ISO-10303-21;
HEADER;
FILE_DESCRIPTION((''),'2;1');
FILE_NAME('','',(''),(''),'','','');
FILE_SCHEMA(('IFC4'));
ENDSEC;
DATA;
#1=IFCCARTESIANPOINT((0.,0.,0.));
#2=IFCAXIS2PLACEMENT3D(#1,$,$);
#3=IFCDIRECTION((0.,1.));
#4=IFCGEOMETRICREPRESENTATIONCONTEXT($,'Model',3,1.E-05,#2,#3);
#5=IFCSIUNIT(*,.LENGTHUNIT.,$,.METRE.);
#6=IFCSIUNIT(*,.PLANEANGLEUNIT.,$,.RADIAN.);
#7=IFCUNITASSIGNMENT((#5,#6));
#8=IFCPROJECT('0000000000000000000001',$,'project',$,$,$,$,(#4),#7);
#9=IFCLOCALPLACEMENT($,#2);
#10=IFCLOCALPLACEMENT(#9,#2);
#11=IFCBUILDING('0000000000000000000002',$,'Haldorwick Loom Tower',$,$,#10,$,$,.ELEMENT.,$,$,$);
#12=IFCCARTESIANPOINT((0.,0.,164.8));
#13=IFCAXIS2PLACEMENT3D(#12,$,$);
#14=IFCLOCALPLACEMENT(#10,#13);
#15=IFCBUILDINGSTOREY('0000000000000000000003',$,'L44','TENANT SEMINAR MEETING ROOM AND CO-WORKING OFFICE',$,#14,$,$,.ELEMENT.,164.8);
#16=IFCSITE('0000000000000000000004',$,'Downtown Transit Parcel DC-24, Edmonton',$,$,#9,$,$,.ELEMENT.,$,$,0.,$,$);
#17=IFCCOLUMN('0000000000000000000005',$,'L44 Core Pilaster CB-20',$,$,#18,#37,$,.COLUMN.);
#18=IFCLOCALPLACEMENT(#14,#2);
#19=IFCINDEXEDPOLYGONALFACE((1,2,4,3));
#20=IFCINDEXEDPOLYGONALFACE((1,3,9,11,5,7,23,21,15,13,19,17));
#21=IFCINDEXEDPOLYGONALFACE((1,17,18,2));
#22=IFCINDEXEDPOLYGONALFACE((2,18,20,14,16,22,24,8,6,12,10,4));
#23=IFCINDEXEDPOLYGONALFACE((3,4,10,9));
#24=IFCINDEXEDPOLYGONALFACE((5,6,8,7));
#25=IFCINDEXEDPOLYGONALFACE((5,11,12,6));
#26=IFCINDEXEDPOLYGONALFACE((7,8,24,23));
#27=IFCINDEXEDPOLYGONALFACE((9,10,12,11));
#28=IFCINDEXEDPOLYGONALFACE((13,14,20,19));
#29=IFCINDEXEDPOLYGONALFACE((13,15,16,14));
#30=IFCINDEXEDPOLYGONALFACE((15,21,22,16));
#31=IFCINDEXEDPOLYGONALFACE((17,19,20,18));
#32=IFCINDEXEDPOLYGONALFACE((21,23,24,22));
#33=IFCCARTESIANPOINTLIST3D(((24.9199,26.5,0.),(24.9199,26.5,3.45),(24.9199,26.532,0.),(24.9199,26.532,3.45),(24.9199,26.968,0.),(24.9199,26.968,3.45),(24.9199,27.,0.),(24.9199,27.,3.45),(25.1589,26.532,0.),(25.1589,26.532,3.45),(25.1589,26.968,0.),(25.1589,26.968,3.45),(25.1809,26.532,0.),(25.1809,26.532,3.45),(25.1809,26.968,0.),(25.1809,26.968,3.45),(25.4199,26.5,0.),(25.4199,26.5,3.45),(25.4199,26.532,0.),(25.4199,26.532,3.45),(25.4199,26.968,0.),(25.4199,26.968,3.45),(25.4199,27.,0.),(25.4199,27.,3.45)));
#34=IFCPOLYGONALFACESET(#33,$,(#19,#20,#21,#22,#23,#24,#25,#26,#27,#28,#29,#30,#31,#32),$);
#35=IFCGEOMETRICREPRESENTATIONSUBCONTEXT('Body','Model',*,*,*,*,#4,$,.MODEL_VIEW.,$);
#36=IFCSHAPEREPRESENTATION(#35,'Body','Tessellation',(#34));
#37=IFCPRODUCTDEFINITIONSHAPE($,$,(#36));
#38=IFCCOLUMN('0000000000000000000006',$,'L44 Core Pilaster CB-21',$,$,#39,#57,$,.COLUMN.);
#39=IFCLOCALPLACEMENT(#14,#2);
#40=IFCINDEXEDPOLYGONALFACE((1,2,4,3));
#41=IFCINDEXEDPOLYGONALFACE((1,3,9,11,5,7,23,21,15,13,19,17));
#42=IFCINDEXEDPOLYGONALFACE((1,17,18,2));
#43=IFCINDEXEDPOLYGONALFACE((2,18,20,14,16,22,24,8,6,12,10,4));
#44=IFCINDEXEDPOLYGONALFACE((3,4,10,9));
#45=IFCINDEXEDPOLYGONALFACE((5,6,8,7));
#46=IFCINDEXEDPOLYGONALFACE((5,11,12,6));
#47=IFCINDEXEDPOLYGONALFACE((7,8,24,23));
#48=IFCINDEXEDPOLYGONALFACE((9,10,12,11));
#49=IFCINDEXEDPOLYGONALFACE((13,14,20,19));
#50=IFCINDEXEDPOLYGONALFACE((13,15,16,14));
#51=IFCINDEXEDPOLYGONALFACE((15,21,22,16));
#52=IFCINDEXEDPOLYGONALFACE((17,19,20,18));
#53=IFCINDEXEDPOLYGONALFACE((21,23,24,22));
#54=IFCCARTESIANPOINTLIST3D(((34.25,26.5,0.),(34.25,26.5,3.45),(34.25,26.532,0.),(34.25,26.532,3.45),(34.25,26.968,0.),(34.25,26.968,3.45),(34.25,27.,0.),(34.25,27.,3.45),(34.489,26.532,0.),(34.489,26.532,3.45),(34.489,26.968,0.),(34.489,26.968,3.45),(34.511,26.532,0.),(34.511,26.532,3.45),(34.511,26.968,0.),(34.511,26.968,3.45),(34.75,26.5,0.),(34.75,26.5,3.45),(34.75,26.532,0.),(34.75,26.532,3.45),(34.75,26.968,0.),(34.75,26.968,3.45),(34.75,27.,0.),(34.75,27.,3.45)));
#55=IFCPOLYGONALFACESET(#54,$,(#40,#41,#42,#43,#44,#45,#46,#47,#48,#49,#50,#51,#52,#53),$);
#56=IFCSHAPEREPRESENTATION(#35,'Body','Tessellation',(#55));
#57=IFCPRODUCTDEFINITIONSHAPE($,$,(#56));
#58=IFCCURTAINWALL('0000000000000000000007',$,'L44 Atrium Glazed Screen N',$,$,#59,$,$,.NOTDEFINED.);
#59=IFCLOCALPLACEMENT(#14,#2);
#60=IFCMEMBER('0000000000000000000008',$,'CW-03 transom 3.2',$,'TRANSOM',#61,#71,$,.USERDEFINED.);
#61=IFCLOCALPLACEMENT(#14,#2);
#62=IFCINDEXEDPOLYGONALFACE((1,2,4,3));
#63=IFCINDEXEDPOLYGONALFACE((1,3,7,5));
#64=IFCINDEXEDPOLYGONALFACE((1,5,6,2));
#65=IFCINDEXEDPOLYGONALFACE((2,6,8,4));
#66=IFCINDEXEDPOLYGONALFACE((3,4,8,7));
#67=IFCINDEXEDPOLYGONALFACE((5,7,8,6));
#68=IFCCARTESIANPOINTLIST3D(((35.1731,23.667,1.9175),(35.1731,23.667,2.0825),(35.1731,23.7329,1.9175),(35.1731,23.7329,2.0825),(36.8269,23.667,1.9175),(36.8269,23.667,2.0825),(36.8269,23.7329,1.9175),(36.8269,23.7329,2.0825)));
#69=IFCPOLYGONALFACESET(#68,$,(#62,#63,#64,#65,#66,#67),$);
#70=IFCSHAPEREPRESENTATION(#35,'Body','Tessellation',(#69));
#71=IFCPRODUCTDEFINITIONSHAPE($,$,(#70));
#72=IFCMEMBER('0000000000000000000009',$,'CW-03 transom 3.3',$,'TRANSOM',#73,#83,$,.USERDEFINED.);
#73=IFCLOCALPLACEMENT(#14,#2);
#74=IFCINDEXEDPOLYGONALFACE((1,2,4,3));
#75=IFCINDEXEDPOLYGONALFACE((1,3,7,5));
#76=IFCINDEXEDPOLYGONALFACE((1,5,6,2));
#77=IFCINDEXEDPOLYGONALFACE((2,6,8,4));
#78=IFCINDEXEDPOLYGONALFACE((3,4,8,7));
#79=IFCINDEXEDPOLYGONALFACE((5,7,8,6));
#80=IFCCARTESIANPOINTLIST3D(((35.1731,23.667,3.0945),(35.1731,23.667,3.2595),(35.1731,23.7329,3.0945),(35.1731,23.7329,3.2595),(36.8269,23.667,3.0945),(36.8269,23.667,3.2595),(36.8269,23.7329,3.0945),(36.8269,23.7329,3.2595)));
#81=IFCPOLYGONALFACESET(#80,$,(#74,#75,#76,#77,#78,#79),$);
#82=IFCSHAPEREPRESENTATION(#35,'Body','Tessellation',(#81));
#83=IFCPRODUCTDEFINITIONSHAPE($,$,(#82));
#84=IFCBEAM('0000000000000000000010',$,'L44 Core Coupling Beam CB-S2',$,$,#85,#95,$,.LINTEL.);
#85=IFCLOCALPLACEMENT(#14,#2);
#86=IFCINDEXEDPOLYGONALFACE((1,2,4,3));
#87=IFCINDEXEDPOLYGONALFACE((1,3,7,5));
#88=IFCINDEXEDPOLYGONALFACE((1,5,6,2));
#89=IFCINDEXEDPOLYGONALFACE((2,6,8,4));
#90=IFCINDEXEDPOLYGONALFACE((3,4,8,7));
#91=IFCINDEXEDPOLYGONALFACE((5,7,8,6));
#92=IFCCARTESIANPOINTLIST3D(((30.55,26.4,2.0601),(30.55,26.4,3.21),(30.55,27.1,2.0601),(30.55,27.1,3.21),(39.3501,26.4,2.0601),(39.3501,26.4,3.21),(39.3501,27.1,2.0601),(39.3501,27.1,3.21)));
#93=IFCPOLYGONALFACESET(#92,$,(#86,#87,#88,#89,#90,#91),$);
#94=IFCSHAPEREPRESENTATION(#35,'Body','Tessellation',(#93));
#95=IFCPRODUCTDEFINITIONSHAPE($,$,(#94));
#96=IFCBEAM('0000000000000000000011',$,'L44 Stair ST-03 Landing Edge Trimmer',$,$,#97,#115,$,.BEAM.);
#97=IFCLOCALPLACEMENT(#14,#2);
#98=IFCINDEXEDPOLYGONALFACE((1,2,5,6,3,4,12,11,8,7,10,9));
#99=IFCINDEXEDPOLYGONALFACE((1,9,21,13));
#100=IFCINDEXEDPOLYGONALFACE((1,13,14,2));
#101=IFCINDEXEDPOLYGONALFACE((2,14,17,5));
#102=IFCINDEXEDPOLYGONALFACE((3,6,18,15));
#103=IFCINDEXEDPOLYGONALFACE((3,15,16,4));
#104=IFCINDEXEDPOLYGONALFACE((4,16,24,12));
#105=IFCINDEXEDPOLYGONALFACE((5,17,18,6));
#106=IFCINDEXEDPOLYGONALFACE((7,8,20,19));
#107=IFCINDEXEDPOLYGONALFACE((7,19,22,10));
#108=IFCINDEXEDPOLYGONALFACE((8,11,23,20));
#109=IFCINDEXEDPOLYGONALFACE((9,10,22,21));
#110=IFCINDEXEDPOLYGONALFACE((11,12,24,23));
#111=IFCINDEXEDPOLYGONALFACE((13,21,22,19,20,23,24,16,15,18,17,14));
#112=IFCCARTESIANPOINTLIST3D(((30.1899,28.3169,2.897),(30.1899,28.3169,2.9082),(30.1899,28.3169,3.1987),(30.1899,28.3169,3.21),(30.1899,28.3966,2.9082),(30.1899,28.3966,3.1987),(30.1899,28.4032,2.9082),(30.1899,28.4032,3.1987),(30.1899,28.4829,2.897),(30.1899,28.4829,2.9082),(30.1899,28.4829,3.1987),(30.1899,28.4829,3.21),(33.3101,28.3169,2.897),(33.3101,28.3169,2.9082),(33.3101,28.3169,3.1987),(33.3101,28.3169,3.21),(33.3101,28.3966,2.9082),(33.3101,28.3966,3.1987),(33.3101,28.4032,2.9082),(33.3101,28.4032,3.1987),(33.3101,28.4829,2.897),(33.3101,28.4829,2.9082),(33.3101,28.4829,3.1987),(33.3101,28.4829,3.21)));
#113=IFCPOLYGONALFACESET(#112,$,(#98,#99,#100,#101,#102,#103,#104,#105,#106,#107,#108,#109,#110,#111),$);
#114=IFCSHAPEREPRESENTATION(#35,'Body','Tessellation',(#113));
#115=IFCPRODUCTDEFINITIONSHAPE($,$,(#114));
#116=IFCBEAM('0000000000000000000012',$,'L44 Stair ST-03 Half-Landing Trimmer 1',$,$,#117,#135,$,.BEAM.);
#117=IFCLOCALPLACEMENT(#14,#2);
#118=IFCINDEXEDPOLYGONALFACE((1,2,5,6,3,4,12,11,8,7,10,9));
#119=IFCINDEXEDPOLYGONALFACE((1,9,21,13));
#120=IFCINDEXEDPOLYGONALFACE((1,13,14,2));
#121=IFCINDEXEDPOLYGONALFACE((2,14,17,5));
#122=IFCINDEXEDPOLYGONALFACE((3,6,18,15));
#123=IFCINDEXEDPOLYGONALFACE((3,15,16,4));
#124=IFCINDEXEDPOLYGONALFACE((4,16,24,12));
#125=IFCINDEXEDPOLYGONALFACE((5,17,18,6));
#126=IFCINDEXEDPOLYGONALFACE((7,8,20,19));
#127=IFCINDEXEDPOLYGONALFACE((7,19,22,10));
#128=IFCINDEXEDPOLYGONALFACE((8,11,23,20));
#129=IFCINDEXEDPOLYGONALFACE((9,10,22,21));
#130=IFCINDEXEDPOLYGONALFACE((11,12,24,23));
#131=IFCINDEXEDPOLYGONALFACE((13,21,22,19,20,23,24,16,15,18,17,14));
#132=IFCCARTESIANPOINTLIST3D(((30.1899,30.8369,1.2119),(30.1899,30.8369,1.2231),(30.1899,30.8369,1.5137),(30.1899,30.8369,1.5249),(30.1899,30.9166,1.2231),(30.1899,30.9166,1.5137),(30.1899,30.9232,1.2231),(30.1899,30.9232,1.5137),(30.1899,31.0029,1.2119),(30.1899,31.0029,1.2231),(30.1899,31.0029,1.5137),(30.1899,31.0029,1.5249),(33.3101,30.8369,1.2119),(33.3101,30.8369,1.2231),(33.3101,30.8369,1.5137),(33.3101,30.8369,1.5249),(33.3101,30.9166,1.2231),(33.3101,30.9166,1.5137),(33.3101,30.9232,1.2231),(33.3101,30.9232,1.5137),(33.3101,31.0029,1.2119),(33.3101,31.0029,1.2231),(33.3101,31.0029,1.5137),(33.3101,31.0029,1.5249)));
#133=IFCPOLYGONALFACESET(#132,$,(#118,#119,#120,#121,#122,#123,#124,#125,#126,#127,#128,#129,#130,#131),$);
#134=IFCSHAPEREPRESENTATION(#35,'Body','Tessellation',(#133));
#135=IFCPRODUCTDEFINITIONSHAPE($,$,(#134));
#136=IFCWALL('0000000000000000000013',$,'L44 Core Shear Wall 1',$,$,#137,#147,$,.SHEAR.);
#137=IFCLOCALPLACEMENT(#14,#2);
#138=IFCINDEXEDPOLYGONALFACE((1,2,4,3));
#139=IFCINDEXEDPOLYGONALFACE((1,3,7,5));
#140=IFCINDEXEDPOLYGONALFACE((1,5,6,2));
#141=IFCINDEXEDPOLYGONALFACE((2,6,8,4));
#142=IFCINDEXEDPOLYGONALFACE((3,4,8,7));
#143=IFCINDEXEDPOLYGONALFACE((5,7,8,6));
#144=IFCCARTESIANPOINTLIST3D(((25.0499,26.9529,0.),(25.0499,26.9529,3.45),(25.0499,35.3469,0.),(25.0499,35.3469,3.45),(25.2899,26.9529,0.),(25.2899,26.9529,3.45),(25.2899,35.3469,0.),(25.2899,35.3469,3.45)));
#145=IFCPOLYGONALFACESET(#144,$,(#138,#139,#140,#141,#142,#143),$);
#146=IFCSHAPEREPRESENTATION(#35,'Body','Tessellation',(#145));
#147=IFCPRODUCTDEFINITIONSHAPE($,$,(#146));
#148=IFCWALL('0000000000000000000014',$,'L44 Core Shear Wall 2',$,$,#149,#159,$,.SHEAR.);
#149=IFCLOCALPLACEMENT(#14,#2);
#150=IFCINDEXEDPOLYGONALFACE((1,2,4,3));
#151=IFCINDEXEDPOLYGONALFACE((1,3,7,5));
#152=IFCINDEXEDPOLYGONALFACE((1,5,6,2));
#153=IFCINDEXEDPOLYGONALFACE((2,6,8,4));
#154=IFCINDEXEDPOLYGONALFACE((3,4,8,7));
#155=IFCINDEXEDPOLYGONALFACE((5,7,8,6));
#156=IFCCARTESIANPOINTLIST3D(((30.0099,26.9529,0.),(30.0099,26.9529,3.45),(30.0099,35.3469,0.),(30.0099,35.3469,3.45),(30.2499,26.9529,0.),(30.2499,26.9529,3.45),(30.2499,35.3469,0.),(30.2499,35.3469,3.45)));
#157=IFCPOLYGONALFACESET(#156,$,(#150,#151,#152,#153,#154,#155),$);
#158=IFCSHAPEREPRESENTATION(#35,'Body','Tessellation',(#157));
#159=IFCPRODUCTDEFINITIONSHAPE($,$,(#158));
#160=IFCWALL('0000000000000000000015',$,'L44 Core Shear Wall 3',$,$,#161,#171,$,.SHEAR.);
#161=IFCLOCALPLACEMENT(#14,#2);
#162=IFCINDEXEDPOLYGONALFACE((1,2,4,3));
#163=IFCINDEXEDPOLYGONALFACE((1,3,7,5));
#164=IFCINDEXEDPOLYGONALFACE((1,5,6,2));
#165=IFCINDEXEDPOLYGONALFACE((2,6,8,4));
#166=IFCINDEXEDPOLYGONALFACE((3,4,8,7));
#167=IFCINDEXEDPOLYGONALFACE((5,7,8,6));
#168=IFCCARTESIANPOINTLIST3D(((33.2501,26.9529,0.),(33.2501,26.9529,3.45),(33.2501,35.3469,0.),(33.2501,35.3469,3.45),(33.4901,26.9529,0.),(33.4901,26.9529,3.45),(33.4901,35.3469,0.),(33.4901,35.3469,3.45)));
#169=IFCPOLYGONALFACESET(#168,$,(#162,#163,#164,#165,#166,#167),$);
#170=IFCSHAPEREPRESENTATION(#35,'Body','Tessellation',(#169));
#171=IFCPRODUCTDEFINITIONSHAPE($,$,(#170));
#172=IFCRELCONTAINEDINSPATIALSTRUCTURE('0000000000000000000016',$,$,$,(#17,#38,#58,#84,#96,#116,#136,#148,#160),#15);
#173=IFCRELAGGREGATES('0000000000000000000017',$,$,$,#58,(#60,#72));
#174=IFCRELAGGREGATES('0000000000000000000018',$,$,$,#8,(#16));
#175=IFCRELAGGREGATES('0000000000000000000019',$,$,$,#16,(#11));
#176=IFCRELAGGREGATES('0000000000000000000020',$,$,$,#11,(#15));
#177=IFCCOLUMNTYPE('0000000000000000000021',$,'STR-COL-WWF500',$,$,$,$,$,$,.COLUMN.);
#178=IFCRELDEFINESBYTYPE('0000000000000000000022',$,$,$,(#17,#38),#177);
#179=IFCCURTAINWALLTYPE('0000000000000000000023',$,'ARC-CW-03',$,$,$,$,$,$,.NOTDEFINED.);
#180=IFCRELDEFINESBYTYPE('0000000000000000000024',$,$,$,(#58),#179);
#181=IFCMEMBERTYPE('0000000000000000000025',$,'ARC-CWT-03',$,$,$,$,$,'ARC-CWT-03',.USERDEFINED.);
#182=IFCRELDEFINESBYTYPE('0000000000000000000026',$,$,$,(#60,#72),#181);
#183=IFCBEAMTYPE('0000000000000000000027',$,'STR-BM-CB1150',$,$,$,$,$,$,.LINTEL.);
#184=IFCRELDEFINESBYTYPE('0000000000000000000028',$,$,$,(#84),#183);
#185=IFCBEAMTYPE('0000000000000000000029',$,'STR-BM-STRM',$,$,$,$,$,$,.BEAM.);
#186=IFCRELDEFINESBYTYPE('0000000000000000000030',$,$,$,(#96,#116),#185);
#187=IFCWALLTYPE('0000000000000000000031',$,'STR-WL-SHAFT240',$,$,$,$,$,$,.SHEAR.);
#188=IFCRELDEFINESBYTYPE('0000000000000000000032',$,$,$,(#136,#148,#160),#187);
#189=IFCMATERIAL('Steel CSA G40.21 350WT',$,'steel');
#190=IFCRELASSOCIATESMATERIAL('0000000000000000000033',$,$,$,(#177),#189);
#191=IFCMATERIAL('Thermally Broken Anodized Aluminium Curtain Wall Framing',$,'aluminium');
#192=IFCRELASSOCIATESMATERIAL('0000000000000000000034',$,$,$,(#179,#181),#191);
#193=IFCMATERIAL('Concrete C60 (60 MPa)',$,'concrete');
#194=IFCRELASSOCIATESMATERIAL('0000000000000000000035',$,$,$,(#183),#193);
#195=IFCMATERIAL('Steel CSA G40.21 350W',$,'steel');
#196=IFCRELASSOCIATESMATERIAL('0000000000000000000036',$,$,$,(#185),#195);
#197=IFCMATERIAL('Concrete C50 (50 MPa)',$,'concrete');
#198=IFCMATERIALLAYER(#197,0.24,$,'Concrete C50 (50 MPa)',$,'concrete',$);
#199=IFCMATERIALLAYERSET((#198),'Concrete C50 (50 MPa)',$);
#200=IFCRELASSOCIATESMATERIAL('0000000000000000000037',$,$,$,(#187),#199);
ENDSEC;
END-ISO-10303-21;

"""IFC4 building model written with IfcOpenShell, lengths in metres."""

from ifc_helpers import new_model, si_unit, direction, frame, frame_2d, origin, origin_2d, place, context, subcontext, project, spatial, rectangle, i_section, extrude, material, layer, layer_set, material_profile, profile_set, type_object, element, aggregate, save


model = new_model("IFC4")

# Units and contexts
model_context = context("Model", 3, precision=1e-05, world=origin(), true_north=direction((0.0, 1.0)))
body_context = subcontext(model_context, "Body", "Model", "MODEL_VIEW")
ifc_project = project(units=[si_unit("LENGTHUNIT", "METRE"), si_unit("PLANEANGLEUNIT", "RADIAN")], contexts=[model_context])

# Site, building, storey
site_placement = place(None, origin())
site = spatial("IfcSite", under=ifc_project, at=site_placement, Name="Downtown Transit Parcel DC-24, Edmonton", CompositionType="ELEMENT", RefElevation=0.0)
building_placement = place(site_placement, origin())
building = spatial("IfcBuilding", under=site, at=building_placement, Name="Haldorwick Loom Tower", CompositionType="ELEMENT")
storey_placement = place(building_placement, frame((0.0, 0.0, 164.8)))
storey = spatial("IfcBuildingStorey", under=building, at=storey_placement, Name="L44", Description="TENANT SEMINAR MEETING ROOM AND CO-WORKING OFFICE", CompositionType="ELEMENT", Elevation=164.8)

# Columns
ifc_material_1 = material(Name="Steel CSA G40.21 350WT", Category="steel")
ifc_material_profile_1 = material_profile(ifc_material_1, i_section(OverallWidth=0.5, OverallDepth=0.5, WebThickness=0.022, FlangeThickness=0.032, at=origin_2d()), Name="WWF500X500", Category="steel")
ifc_profile_set_1 = profile_set([ifc_material_profile_1], Name="Steel CSA G40.21 350WT")
column_type = type_object("IfcColumnType", Name="STR-COL-WWF500", PredefinedType="COLUMN", material=ifc_profile_set_1)
for number, where, z_axis, x_axis, name in (
    (1, (25.1699, 26.75, 0.0), (0.0, 0.0, 1.0), (1.0, 0.0, 0.0), "L44 Core Pilaster CB-20"),
    (2, (34.5, 26.75, 0.0), (0.0, 0.0, 1.0), (1.0, 0.0, 0.0), "L44 Core Pilaster CB-21"),
):
    element("IfcColumn", number, at=place(storey_placement, frame(where, z_axis=z_axis, x_axis=x_axis)), inside=storey, type_object=column_type, Name=name, PredefinedType="COLUMN", context=body_context, shape_type="SweptSolid", body=[
        extrude(i_section(OverallWidth=0.5, OverallDepth=0.5, WebThickness=0.022, FlangeThickness=0.032, at=origin_2d()), origin(), (0.0, 0.0, 1.0), 3.45),
    ])

# Curtain wall, members
ifc_material_2 = material(Name="Thermally Broken Anodized Aluminium Curtain Wall Framing", Category="aluminium")
curtain_wall_type = type_object("IfcCurtainWallType", Name="ARC-CW-03", PredefinedType="NOTDEFINED", material=ifc_material_2)
curtain_wall_placement = place(storey_placement, origin())
curtain_wall = element("IfcCurtainWall", 3, at=curtain_wall_placement, inside=storey, type_object=curtain_wall_type, Name="L44 Atrium Glazed Screen N", PredefinedType="NOTDEFINED")
ifc_material_profile_2 = material_profile(ifc_material_2, rectangle(XDim=0.0659, YDim=0.165, at=origin_2d()), Name="ALU_TRN_66X165", Category="aluminium")
ifc_profile_set_2 = profile_set([ifc_material_profile_2], Name="Thermally Broken Anodized Aluminium Curtain Wall Framing")
member_type = type_object("IfcMemberType", Name="ARC-CWT-03", ElementType="ARC-CWT-03", PredefinedType="USERDEFINED", material=ifc_profile_set_2)
member_1_placement = place(storey_placement, frame((35.1731, 23.7, 2.0), z_axis=(1.0, 0.0, 0.0), x_axis=(0.0, 1.0, 0.0)))
member_1 = element("IfcMember", 4, at=member_1_placement, type_object=member_type, Name="CW-03 transom 3.2", ObjectType="TRANSOM", PredefinedType="USERDEFINED", context=body_context, shape_type="SweptSolid", body=[
    extrude(rectangle(XDim=0.0659, YDim=0.165, at=origin_2d()), origin(), (0.0, 0.0, 1.0), 1.6538),
])
member_2_placement = place(storey_placement, frame((35.1731, 23.7, 3.177), z_axis=(1.0, 0.0, 0.0), x_axis=(0.0, 1.0, 0.0)))
member_2 = element("IfcMember", 5, at=member_2_placement, type_object=member_type, Name="CW-03 transom 3.3", ObjectType="TRANSOM", PredefinedType="USERDEFINED", context=body_context, shape_type="SweptSolid", body=[
    extrude(rectangle(XDim=0.0659, YDim=0.165, at=origin_2d()), origin(), (0.0, 0.0, 1.0), 1.6538),
])
aggregate(curtain_wall, [member_1, member_2])

# Beams
ifc_material_3 = material(Name="Concrete C60 (60 MPa)", Category="concrete")
ifc_material_profile_3 = material_profile(ifc_material_3, rectangle(XDim=0.7, YDim=1.1499, at=origin_2d()), Name="RC700X1150", Category="concrete")
ifc_profile_set_3 = profile_set([ifc_material_profile_3], Name="Concrete C60 (60 MPa)")
beam_type_1 = type_object("IfcBeamType", Name="STR-BM-CB1150", PredefinedType="LINTEL", material=ifc_profile_set_3)
beam_placement = place(storey_placement, frame((30.55, 26.75, 2.635), z_axis=(1.0, 0.0, 0.0), x_axis=(0.0, 1.0, 0.0)))
element("IfcBeam", 6, at=beam_placement, inside=storey, type_object=beam_type_1, Name="L44 Core Coupling Beam CB-S2", PredefinedType="LINTEL", context=body_context, shape_type="SweptSolid", body=[
    extrude(rectangle(XDim=0.7, YDim=1.1499, at=origin_2d()), origin(), (0.0, 0.0, 1.0), 8.8),
])
ifc_material_4 = material(Name="Steel CSA G40.21 350W", Category="steel")
ifc_material_profile_4 = material_profile(ifc_material_4, i_section(OverallWidth=0.166, OverallDepth=0.313, WebThickness=0.0066, FlangeThickness=0.0112, at=origin_2d()), Name="W310X45", Category="steel")
ifc_profile_set_4 = profile_set([ifc_material_profile_4], Name="Steel CSA G40.21 350W")
beam_type_2 = type_object("IfcBeamType", Name="STR-BM-STRM", PredefinedType="BEAM", material=ifc_profile_set_4)
for number, where, z_axis, x_axis, name in (
    (7, (30.1899, 28.3999, 3.0535), (1.0, 0.0, 0.0), (0.0, 1.0, 0.0), "L44 Stair ST-03 Landing Edge Trimmer"),
    (8, (30.1899, 30.9199, 1.3684), (1.0, 0.0, 0.0), (0.0, 1.0, 0.0), "L44 Stair ST-03 Half-Landing Trimmer 1"),
):
    element("IfcBeam", number, at=place(storey_placement, frame(where, z_axis=z_axis, x_axis=x_axis)), inside=storey, type_object=beam_type_2, Name=name, PredefinedType="BEAM", context=body_context, shape_type="SweptSolid", body=[
        extrude(i_section(OverallWidth=0.166, OverallDepth=0.313, WebThickness=0.0066, FlangeThickness=0.0112, at=origin_2d()), origin(), (0.0, 0.0, 1.0), 3.1201),
    ])

# Walls
ifc_material_5 = material(Name="Concrete C50 (50 MPa)", Category="concrete")
ifc_layer = layer(ifc_material_5, 0.24, Name="Concrete C50 (50 MPa)", Category="concrete")
ifc_layer_set = layer_set([ifc_layer], Name="Concrete C50 (50 MPa)")
wall_type = type_object("IfcWallType", Name="STR-WL-SHAFT240", PredefinedType="SHEAR", material=ifc_layer_set)
for number, where, z_axis, x_axis, name in (
    (9, (25.1699, 26.9529, 0.0), (0.0, 0.0, 1.0), (0.0, 1.0, 0.0), "L44 Core Shear Wall 1"),
    (10, (30.1299, 26.9529, 0.0), (0.0, 0.0, 1.0), (0.0, 1.0, 0.0), "L44 Core Shear Wall 2"),
    (11, (33.3701, 26.9529, 0.0), (0.0, 0.0, 1.0), (0.0, 1.0, 0.0), "L44 Core Shear Wall 3"),
):
    element("IfcWall", number, at=place(storey_placement, frame(where, z_axis=z_axis, x_axis=x_axis)), inside=storey, type_object=wall_type, Name=name, PredefinedType="SHEAR", context=body_context, shape_type="SweptSolid", body=[
        extrude(rectangle(XDim=8.394, YDim=0.24, at=frame_2d((4.197, 0.0))), origin(), (0.0, 0.0, 1.0), 3.45),
    ])

save(model, "model.ifc")
